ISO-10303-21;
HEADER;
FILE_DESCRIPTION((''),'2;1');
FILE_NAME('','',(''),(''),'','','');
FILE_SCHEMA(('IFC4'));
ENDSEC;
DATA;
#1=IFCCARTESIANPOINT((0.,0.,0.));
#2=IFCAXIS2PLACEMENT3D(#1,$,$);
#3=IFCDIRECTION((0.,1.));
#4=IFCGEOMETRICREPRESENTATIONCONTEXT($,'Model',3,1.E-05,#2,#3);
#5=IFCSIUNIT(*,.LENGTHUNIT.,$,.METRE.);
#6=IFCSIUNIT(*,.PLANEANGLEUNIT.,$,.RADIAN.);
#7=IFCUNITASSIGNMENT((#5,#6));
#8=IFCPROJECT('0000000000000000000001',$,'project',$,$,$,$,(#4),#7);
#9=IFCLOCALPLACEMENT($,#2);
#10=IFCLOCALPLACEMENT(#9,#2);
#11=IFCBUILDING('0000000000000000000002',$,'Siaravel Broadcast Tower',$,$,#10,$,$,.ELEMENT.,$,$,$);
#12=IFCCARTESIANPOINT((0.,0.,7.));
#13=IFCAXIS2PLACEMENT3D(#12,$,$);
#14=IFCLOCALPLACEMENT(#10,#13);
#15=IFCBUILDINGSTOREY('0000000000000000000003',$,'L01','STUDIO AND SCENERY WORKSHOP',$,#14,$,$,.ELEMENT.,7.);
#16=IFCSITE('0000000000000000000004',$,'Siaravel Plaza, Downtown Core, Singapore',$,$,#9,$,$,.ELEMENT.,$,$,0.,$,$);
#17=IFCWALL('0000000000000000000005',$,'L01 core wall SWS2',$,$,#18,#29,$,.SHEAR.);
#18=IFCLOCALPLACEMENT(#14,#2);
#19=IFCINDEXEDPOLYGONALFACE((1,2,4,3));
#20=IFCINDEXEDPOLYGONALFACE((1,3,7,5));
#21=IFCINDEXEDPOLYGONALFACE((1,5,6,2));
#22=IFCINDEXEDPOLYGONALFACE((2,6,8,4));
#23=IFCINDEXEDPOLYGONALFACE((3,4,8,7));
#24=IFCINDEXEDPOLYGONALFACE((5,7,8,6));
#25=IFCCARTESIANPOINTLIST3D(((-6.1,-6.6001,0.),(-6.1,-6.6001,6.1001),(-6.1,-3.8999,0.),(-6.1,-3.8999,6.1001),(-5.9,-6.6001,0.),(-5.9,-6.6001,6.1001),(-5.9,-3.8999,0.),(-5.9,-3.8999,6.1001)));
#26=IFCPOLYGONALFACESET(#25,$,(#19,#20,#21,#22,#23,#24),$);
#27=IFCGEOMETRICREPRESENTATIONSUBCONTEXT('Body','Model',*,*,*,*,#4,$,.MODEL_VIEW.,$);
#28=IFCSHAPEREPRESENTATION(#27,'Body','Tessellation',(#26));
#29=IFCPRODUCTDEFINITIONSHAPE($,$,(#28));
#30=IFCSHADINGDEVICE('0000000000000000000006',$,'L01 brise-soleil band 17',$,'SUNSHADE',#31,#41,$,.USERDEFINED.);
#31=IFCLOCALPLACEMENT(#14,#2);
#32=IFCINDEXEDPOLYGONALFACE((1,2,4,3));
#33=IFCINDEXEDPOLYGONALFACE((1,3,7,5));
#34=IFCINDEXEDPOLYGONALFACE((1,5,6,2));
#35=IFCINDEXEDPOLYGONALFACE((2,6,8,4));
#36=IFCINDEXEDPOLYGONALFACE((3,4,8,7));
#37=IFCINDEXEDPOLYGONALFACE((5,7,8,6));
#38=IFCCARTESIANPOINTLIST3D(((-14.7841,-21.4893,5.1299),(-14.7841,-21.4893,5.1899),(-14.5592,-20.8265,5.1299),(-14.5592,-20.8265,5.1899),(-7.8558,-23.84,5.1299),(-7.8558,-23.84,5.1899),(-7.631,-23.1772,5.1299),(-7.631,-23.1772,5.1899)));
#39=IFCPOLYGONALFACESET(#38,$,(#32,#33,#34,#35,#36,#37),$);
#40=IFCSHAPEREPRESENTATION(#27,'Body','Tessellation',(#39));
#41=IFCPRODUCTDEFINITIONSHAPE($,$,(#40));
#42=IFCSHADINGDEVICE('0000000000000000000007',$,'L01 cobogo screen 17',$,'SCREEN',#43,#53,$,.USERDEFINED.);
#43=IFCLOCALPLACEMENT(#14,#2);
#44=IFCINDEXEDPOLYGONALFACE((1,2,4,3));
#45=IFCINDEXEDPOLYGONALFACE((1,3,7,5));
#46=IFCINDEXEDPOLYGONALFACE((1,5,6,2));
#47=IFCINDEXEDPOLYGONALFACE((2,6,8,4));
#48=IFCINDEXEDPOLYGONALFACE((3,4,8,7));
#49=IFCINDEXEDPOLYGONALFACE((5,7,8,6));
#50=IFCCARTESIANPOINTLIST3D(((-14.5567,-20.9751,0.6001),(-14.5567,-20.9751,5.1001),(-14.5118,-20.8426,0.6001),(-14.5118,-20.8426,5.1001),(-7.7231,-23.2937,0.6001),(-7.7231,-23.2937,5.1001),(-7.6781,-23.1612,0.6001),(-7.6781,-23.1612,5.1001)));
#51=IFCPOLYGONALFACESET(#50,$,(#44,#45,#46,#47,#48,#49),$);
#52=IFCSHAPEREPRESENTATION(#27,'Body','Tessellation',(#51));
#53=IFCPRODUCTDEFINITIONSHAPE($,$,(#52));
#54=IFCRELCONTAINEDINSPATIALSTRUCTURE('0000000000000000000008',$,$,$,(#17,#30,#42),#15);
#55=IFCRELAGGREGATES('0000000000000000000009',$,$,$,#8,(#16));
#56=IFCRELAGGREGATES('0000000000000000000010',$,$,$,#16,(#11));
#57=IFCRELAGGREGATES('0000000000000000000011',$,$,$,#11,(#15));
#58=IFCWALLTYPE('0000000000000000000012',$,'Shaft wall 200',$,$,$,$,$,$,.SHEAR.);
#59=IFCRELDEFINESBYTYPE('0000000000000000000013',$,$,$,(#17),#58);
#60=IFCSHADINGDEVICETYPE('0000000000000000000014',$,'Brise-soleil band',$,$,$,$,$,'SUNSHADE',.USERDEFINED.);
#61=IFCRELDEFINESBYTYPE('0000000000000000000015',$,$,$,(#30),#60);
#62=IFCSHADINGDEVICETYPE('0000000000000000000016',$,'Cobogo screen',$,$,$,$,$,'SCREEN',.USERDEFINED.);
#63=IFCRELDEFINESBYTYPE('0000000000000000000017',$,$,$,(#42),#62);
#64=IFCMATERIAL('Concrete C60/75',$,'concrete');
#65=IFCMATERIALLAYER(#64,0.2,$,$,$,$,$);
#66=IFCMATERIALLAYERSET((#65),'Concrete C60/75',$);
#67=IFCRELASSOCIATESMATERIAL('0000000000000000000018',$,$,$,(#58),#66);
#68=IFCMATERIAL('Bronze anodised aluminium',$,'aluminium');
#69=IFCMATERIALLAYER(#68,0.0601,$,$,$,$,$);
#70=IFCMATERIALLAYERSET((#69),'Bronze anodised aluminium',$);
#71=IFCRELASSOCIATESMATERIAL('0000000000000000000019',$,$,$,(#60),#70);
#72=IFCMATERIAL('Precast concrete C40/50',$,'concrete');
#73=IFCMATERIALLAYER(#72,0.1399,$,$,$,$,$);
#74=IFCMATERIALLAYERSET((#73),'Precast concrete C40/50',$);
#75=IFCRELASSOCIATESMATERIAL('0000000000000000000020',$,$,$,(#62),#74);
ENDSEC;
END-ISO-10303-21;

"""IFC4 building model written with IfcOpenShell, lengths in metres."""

from ifc_helpers import new_model, si_unit, direction, frame, frame_2d, origin, origin_2d, place, context, subcontext, project, spatial, rectangle, extrude, material, layer, layer_set, type_object, element, save


model = new_model("IFC4")

# Units and contexts
model_context = context("Model", 3, precision=1e-05, world=origin(), true_north=direction((0.0, 1.0)))
body_context = subcontext(model_context, "Body", "Model", "MODEL_VIEW")
ifc_project = project(units=[si_unit("LENGTHUNIT", "METRE"), si_unit("PLANEANGLEUNIT", "RADIAN")], contexts=[model_context])

# Site, building, storey
site_placement = place(None, origin())
site = spatial("IfcSite", under=ifc_project, at=site_placement, Name="Siaravel Plaza, Downtown Core, Singapore", CompositionType="ELEMENT", RefElevation=0.0)
building_placement = place(site_placement, origin())
building = spatial("IfcBuilding", under=site, at=building_placement, Name="Siaravel Broadcast Tower", CompositionType="ELEMENT")
storey_placement = place(building_placement, frame((0.0, 0.0, 7.0)))
storey = spatial("IfcBuildingStorey", under=building, at=storey_placement, Name="L01", Description="STUDIO AND SCENERY WORKSHOP", CompositionType="ELEMENT", Elevation=7.0)

# Shared definitions
ifc_material_1 = material(Name="Concrete C60/75", Category="concrete")

# Wall
ifc_layer_1 = layer(ifc_material_1, 0.2)
ifc_layer_set_1 = layer_set([ifc_layer_1], Name="Concrete C60/75")
wall_type_1 = type_object("IfcWallType", Name="Shaft wall 200", PredefinedType="SHEAR", material=ifc_layer_set_1)
for number, where, z_axis, x_axis, name in (
    (1, (-6.0, -6.6001, 0.0), (0.0, 0.0, 1.0), (0.0, 1.0, 0.0), "L01 core wall SWS2"),
):
    element("IfcWall", number, at=place(storey_placement, frame(where, z_axis=z_axis, x_axis=x_axis)), inside=storey, type_object=wall_type_1, Name=name, PredefinedType="SHEAR", context=body_context, shape_type="SweptSolid", body=[
        extrude(rectangle(XDim=2.7002, YDim=0.2, at=frame_2d((1.3501, 0.0))), origin(), (0.0, 0.0, 1.0), 6.1001),
    ])

# Shading devices
ifc_material_2 = material(Name="Bronze anodised aluminium", Category="aluminium")
ifc_layer_2 = layer(ifc_material_2, 0.0601)
ifc_layer_set_2 = layer_set([ifc_layer_2], Name="Bronze anodised aluminium")
shading_device_type_1 = type_object("IfcShadingDeviceType", Name="Brise-soleil band", ElementType="SUNSHADE", PredefinedType="USERDEFINED", material=ifc_layer_set_2)
shading_device_1_placement = place(storey_placement, frame((-11.2075, -22.3333, 5.1299), z_axis=(0.0, 0.0, 1.0), x_axis=(0.946977, -0.321301, 0.0)))
element("IfcShadingDevice", 2, at=shading_device_1_placement, inside=storey, type_object=shading_device_type_1, Name="L01 brise-soleil band 17", ObjectType="SUNSHADE", PredefinedType="USERDEFINED", context=body_context, shape_type="SweptSolid", body=[
    extrude(rectangle(XDim=7.3162, YDim=0.7, at=origin_2d()), origin(), (0.0, 0.0, 1.0), 0.0601),
])
ifc_material_3 = material(Name="Precast concrete C40/50", Category="concrete")
ifc_layer_3 = layer(ifc_material_3, 0.1399)
ifc_layer_set_3 = layer_set([ifc_layer_3], Name="Precast concrete C40/50")
shading_device_type_2 = type_object("IfcShadingDeviceType", Name="Cobogo screen", ElementType="SCREEN", PredefinedType="USERDEFINED", material=ifc_layer_set_3)
shading_device_2_placement = place(storey_placement, frame((-11.1174, -22.0681, 0.6001), z_axis=(0.0, 0.0, 1.0), x_axis=(0.946977, -0.321301, 0.0)))
element("IfcShadingDevice", 3, at=shading_device_2_placement, inside=storey, type_object=shading_device_type_2, Name="L01 cobogo screen 17", ObjectType="SCREEN", PredefinedType="USERDEFINED", context=body_context, shape_type="SweptSolid", body=[
    extrude(rectangle(XDim=7.2163, YDim=0.1399, at=origin_2d()), origin(), (0.0, 0.0, 1.0), 4.5),
])

save(model, "model.ifc")
